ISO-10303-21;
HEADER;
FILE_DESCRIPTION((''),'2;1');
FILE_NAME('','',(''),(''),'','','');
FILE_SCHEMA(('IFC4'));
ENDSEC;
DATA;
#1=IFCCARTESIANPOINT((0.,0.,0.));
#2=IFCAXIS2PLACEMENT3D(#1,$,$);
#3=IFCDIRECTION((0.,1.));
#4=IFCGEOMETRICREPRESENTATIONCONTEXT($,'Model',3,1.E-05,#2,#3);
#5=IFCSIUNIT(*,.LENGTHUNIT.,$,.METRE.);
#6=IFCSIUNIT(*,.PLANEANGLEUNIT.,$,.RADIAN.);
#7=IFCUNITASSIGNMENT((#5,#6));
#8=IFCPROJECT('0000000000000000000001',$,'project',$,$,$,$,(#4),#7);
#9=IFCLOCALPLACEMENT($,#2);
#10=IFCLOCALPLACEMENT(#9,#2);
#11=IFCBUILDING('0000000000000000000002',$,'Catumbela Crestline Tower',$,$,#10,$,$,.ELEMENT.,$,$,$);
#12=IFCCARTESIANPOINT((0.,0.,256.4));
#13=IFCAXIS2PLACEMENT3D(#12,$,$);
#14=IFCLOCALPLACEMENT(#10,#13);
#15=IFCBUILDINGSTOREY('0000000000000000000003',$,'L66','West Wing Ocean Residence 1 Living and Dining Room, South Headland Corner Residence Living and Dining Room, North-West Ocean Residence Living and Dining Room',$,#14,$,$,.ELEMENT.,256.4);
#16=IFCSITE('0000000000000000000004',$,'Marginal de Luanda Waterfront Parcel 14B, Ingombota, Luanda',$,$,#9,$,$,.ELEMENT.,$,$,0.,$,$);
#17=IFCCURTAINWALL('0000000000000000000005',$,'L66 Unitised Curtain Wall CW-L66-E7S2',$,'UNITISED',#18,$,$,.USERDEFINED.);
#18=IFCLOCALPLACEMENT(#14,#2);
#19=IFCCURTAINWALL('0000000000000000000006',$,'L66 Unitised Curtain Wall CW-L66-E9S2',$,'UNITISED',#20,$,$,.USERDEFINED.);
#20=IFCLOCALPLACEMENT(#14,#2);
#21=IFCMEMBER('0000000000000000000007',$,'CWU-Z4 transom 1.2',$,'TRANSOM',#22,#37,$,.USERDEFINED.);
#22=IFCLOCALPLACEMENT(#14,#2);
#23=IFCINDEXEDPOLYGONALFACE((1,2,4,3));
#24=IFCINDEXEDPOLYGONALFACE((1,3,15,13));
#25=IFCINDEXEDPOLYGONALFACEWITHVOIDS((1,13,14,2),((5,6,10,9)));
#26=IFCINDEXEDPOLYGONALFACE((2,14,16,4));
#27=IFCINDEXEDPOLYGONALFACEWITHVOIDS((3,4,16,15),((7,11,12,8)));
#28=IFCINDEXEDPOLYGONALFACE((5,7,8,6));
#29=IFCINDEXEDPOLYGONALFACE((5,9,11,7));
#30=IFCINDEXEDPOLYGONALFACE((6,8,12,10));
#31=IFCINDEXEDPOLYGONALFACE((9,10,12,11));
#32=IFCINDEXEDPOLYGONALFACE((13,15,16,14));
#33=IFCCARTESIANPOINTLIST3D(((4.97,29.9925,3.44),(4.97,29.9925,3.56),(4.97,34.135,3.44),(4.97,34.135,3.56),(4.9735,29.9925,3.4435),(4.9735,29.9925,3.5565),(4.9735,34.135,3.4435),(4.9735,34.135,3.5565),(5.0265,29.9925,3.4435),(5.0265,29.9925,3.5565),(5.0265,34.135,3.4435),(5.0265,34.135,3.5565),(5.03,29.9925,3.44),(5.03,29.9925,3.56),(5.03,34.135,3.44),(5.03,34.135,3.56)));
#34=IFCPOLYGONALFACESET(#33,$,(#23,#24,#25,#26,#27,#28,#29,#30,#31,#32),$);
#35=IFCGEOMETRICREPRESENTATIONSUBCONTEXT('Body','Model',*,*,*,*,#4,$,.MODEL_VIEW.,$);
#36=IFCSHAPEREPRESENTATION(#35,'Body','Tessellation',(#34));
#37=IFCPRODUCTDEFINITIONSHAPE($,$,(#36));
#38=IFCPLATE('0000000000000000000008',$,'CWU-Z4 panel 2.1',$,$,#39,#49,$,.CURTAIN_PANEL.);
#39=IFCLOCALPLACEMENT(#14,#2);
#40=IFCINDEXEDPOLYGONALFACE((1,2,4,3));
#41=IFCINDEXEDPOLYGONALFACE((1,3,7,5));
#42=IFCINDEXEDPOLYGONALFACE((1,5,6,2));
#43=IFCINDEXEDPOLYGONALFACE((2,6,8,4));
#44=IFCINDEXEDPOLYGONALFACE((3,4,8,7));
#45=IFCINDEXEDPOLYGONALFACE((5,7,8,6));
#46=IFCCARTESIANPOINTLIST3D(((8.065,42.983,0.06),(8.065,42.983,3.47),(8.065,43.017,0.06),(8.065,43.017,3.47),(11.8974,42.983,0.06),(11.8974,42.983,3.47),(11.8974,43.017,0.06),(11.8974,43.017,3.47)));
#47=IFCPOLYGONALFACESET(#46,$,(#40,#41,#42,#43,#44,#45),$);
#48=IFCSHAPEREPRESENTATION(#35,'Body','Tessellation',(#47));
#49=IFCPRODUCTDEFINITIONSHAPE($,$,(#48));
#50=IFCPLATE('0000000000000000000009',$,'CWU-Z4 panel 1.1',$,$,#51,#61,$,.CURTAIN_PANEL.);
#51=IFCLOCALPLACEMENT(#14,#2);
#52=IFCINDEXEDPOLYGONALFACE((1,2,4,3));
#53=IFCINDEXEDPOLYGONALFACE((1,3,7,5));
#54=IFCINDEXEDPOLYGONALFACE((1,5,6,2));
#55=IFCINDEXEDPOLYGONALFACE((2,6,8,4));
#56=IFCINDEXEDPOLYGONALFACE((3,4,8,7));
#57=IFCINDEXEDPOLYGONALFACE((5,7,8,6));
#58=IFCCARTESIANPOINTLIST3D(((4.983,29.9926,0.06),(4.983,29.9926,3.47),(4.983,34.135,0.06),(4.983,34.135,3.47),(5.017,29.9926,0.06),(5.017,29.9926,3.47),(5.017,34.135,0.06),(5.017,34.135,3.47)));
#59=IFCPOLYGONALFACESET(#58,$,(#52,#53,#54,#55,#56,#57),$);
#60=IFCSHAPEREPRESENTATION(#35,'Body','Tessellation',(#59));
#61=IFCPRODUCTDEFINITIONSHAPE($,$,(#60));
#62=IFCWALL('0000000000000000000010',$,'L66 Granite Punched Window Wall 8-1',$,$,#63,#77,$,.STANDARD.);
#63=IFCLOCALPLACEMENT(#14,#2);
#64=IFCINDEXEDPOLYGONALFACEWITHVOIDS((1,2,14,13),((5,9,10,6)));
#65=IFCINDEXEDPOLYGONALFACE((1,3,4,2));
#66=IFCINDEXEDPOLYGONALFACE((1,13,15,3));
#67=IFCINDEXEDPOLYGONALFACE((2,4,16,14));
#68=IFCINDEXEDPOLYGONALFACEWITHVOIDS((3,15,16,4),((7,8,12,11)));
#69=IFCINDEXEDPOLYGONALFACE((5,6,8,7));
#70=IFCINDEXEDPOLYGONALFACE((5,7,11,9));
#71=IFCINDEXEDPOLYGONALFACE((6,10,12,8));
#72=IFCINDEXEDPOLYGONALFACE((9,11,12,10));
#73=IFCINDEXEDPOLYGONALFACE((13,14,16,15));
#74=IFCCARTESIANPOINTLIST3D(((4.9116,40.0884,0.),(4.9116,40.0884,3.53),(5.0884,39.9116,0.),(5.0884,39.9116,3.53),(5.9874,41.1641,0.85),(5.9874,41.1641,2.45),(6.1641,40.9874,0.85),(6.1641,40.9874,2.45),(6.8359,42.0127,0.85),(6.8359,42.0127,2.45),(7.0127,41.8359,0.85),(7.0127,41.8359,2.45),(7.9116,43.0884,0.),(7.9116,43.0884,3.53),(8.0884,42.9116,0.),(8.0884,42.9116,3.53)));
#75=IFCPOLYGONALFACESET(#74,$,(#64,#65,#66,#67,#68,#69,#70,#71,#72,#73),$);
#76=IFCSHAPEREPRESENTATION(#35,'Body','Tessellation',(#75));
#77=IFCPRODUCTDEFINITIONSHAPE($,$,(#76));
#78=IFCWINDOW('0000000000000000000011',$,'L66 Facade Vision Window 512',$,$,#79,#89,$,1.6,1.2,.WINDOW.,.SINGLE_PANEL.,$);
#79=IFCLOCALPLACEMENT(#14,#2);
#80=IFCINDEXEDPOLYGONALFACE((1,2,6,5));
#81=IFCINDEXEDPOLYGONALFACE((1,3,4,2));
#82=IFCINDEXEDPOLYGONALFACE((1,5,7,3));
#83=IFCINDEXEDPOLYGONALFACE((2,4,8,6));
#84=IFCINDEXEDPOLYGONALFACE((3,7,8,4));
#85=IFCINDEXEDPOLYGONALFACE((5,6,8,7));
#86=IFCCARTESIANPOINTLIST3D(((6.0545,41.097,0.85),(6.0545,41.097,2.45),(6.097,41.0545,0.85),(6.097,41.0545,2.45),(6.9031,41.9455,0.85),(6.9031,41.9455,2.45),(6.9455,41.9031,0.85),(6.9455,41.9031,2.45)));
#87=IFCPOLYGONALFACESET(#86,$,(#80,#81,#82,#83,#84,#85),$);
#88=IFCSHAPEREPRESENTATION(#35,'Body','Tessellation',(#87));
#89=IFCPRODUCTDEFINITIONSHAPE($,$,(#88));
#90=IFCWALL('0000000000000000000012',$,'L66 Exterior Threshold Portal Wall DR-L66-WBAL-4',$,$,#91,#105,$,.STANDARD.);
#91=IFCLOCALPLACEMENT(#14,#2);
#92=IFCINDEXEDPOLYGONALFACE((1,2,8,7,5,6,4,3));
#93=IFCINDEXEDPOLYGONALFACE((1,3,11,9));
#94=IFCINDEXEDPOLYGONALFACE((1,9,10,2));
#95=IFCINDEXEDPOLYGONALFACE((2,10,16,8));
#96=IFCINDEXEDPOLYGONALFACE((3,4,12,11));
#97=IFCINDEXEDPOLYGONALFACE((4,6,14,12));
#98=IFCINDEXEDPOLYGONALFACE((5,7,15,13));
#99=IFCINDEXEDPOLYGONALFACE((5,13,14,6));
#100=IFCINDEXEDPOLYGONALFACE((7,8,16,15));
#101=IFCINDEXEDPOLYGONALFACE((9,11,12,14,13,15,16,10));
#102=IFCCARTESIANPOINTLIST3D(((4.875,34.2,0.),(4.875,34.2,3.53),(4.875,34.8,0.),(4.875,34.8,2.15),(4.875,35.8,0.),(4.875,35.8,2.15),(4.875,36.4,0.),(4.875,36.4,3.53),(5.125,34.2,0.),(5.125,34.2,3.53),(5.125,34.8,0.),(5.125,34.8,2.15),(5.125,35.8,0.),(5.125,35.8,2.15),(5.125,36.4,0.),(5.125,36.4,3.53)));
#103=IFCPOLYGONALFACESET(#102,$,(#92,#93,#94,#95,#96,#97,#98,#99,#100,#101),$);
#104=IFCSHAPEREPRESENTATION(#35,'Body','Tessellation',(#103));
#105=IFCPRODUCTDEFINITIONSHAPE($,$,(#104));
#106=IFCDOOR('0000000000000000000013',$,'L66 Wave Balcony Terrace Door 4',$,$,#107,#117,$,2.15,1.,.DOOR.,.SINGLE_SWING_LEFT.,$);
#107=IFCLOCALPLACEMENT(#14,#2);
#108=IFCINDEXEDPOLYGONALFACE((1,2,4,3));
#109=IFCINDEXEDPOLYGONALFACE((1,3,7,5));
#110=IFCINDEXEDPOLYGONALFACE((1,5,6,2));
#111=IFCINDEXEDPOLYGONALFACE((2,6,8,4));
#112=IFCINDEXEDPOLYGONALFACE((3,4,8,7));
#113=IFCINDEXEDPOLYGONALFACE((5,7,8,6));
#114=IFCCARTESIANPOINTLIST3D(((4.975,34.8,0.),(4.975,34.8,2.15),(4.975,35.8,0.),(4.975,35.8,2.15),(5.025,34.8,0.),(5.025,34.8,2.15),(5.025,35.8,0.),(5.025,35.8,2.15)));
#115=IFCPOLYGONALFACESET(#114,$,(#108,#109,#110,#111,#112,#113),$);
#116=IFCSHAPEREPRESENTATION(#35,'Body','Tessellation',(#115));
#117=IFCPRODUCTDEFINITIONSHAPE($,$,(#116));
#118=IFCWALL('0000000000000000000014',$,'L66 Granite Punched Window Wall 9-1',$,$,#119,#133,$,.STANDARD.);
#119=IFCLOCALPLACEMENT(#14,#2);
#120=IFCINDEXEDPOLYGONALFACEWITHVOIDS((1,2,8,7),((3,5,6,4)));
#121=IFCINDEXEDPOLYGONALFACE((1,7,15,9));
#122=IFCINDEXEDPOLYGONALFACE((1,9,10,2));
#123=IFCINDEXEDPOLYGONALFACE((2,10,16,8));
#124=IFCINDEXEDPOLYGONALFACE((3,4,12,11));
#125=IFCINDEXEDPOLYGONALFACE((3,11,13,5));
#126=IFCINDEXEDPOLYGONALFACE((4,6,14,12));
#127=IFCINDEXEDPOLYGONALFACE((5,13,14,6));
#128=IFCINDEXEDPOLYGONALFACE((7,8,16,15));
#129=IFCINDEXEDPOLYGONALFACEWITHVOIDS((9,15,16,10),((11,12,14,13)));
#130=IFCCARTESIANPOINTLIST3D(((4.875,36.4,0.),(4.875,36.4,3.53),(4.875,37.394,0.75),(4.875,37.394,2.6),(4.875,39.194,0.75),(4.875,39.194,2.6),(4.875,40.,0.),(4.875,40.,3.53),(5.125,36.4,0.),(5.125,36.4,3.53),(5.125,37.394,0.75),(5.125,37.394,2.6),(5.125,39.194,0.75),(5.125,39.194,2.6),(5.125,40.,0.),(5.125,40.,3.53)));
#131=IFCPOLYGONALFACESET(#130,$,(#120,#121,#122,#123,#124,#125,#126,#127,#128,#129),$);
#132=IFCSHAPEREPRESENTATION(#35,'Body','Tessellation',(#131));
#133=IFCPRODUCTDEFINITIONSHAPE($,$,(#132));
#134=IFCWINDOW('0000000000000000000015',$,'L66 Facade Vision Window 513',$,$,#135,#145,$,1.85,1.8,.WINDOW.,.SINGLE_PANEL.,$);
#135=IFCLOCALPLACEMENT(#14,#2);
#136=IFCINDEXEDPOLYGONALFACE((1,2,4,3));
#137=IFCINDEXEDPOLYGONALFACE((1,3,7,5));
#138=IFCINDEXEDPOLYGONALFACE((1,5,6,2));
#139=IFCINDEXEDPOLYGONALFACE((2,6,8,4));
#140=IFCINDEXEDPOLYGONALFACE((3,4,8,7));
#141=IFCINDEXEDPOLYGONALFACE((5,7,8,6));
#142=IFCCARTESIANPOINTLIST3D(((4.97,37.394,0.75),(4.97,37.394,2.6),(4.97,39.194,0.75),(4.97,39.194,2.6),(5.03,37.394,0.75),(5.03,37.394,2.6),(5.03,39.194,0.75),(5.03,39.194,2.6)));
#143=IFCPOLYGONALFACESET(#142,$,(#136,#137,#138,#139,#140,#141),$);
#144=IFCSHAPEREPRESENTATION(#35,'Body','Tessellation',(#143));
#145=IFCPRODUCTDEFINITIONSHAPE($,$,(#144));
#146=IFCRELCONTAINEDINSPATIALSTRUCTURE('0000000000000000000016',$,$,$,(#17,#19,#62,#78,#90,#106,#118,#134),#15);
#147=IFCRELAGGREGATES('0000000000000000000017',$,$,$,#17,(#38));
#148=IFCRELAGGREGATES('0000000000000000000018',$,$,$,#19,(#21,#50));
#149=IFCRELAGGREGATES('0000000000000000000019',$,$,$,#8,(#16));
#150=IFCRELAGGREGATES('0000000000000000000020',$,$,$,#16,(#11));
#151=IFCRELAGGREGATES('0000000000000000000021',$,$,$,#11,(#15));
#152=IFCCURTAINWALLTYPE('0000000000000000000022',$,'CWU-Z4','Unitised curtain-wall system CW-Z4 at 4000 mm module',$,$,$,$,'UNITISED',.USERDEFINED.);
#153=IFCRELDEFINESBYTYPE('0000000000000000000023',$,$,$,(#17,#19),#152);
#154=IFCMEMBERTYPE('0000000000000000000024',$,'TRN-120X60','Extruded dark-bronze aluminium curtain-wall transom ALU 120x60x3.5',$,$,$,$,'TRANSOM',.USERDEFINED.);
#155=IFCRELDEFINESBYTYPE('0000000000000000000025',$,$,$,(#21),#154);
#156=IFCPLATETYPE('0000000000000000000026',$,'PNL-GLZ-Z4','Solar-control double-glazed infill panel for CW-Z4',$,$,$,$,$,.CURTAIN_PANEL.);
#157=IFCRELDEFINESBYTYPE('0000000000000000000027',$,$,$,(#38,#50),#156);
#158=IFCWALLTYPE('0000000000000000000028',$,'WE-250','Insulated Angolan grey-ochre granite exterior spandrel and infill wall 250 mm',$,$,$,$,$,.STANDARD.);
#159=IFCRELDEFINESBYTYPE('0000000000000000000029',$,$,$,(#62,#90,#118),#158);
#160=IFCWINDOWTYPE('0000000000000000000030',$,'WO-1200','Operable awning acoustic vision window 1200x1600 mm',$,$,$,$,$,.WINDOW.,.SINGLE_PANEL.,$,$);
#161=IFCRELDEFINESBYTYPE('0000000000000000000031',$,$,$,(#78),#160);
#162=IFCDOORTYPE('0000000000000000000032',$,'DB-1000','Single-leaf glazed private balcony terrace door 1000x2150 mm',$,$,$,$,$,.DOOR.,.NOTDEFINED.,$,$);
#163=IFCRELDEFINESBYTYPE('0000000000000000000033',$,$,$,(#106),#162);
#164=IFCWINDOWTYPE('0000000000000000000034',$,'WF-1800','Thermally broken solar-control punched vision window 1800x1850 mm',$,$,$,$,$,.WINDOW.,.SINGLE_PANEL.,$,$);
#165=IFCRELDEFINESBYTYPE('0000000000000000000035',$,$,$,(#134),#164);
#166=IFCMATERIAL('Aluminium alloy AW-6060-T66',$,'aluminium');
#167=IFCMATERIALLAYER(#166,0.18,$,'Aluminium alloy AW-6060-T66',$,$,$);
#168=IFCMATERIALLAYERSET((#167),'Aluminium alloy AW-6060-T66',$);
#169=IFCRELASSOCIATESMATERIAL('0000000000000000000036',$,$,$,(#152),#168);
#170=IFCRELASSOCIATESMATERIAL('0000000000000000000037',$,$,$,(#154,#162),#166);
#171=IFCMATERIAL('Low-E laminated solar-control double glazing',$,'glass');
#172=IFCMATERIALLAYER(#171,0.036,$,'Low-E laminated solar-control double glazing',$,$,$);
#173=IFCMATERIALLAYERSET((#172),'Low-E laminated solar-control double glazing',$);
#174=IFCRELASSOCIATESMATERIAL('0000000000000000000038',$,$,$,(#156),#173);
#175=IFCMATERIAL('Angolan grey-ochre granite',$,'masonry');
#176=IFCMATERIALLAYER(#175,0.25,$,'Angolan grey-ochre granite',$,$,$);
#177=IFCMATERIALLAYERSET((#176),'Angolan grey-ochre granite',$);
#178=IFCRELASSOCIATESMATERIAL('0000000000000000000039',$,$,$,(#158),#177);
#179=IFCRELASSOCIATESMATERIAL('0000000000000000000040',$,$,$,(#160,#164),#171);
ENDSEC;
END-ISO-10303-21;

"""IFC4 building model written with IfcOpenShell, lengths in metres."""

from ifc_helpers import new_model, si_unit, direction, frame, frame_2d, origin, origin_2d, place, context, subcontext, project, spatial, rectangle, hollow_rectangle, extrude, material, layer, layer_set, material_profile, profile_set, type_object, element, fill, aggregate, save


model = new_model("IFC4")

# Units and contexts
model_context = context("Model", 3, precision=1e-05, world=origin(), true_north=direction((0.0, 1.0)))
body_context = subcontext(model_context, "Body", "Model", "MODEL_VIEW")
ifc_project = project(units=[si_unit("LENGTHUNIT", "METRE"), si_unit("PLANEANGLEUNIT", "RADIAN")], contexts=[model_context])

# Site, building, storey
site_placement = place(None, origin())
site = spatial("IfcSite", under=ifc_project, at=site_placement, Name="Marginal de Luanda Waterfront Parcel 14B, Ingombota, Luanda", CompositionType="ELEMENT", RefElevation=0.0)
building_placement = place(site_placement, origin())
building = spatial("IfcBuilding", under=site, at=building_placement, Name="Catumbela Crestline Tower", CompositionType="ELEMENT")
storey_placement = place(building_placement, frame((0.0, 0.0, 256.4)))
storey = spatial("IfcBuildingStorey", under=building, at=storey_placement, Name="L66", Description="West Wing Ocean Residence 1 Living and Dining Room, South Headland Corner Residence Living and Dining Room, North-West Ocean Residence Living and Dining Room", CompositionType="ELEMENT", Elevation=256.4)

# Curtain walls
ifc_material_1 = material(Name="Aluminium alloy AW-6060-T66", Category="aluminium")
ifc_layer_1 = layer(ifc_material_1, 0.18, Name="Aluminium alloy AW-6060-T66")
ifc_layer_set_1 = layer_set([ifc_layer_1], Name="Aluminium alloy AW-6060-T66")
curtain_wall_type = type_object("IfcCurtainWallType", Name="CWU-Z4", Description="Unitised curtain-wall system CW-Z4 at 4000 mm module", ElementType="UNITISED", PredefinedType="USERDEFINED", material=ifc_layer_set_1)
curtain_wall_1_placement = place(storey_placement, origin())
curtain_wall_1 = element("IfcCurtainWall", 1, at=curtain_wall_1_placement, inside=storey, type_object=curtain_wall_type, Name="L66 Unitised Curtain Wall CW-L66-E7S2", ObjectType="UNITISED", PredefinedType="USERDEFINED")
curtain_wall_2_placement = place(storey_placement, origin())
curtain_wall_2 = element("IfcCurtainWall", 2, at=curtain_wall_2_placement, inside=storey, type_object=curtain_wall_type, Name="L66 Unitised Curtain Wall CW-L66-E9S2", ObjectType="UNITISED", PredefinedType="USERDEFINED")

# Member
ifc_material_profile_1 = material_profile(ifc_material_1, hollow_rectangle(XDim=0.06, YDim=0.12, WallThickness=0.0035, at=origin_2d()), Name="ALU 120x60x3.5")
ifc_profile_set_1 = profile_set([ifc_material_profile_1], Name="Aluminium alloy AW-6060-T66")
member_type_1 = type_object("IfcMemberType", Name="TRN-120X60", Description="Extruded dark-bronze aluminium curtain-wall transom ALU 120x60x3.5", ElementType="TRANSOM", PredefinedType="USERDEFINED", material=ifc_profile_set_1)
member_1_placement = place(storey_placement, frame((5.0, 34.135, 3.5), z_axis=(0.0, -1.0, 0.0), x_axis=(1.0, 0.0, 0.0)))
member_1 = element("IfcMember", 3, at=member_1_placement, type_object=member_type_1, Name="CWU-Z4 transom 1.2", ObjectType="TRANSOM", PredefinedType="USERDEFINED", context=body_context, shape_type="SweptSolid", body=[
    extrude(hollow_rectangle(XDim=0.06, YDim=0.12, WallThickness=0.0035, at=origin_2d()), origin(), (0.0, 0.0, 1.0), 4.1425),
])

# Plates
ifc_material_2 = material(Name="Low-E laminated solar-control double glazing", Category="glass")
ifc_layer_2 = layer(ifc_material_2, 0.036, Name="Low-E laminated solar-control double glazing")
ifc_layer_set_2 = layer_set([ifc_layer_2], Name="Low-E laminated solar-control double glazing")
plate_type = type_object("IfcPlateType", Name="PNL-GLZ-Z4", Description="Solar-control double-glazed infill panel for CW-Z4", PredefinedType="CURTAIN_PANEL", material=ifc_layer_set_2)
plate_1_placement = place(storey_placement, frame((9.9812, 43.0, 0.06), z_axis=(0.0, 0.0, 1.0), x_axis=(-1.0, 0.0, 0.0)))
plate_1 = element("IfcPlate", 4, at=plate_1_placement, type_object=plate_type, Name="CWU-Z4 panel 2.1", PredefinedType="CURTAIN_PANEL", context=body_context, shape_type="SweptSolid", body=[
    extrude(rectangle(XDim=3.8325, YDim=0.034, at=origin_2d()), origin(), (0.0, 0.0, 1.0), 3.41),
])
aggregate(curtain_wall_1, [plate_1])
plate_2_placement = place(storey_placement, frame((5.0, 32.0638, 0.06), z_axis=(0.0, 0.0, 1.0), x_axis=(0.0, -1.0, 0.0)))
plate_2 = element("IfcPlate", 5, at=plate_2_placement, type_object=plate_type, Name="CWU-Z4 panel 1.1", PredefinedType="CURTAIN_PANEL", context=body_context, shape_type="SweptSolid", body=[
    extrude(rectangle(XDim=4.1425, YDim=0.034, at=origin_2d()), origin(), (0.0, 0.0, 1.0), 3.41),
])
aggregate(curtain_wall_2, [member_1, plate_2])

# Wall, opening, window
ifc_material_3 = material(Name="Angolan grey-ochre granite", Category="masonry")
ifc_layer_3 = layer(ifc_material_3, 0.25, Name="Angolan grey-ochre granite")
ifc_layer_set_3 = layer_set([ifc_layer_3], Name="Angolan grey-ochre granite")
wall_type_1 = type_object("IfcWallType", Name="WE-250", Description="Insulated Angolan grey-ochre granite exterior spandrel and infill wall 250 mm", PredefinedType="STANDARD", material=ifc_layer_set_3)
wall_1_placement = place(storey_placement, frame((8.0, 43.0, 0.0), z_axis=(0.0, 0.0, 1.0), x_axis=(-0.707107, -0.707107, 0.0)))
wall_1 = element("IfcWall", 6, at=wall_1_placement, inside=storey, type_object=wall_type_1, Name="L66 Granite Punched Window Wall 8-1", PredefinedType="STANDARD", context=body_context, shape_type="SweptSolid", body=[
    extrude(rectangle(XDim=4.2426, YDim=0.25, at=frame_2d((2.1213, 0.0))), origin(), (0.0, 0.0, 1.0), 3.53),
])
opening_1_placement = place(wall_1_placement, frame((1.5213, 0.0, 0.85)))
opening_1 = element("IfcOpeningElement", 7, at=opening_1_placement, cuts=wall_1, PredefinedType="OPENING", context=body_context, shape_type="SweptSolid", body=[
    extrude(rectangle(XDim=1.2, YDim=1.6, at=frame_2d((0.6, 0.8))), frame((0.0, 0.135, 0.0), z_axis=(0.0, -1.0, 0.0), x_axis=(1.0, 0.0, 0.0)), (0.0, 0.0, 1.0), 0.27),
])
window_type_1 = type_object("IfcWindowType", Name="WO-1200", Description="Operable awning acoustic vision window 1200x1600 mm", PartitioningType="SINGLE_PANEL", PredefinedType="WINDOW", material=ifc_material_2)
window_1_placement = place(opening_1_placement, origin())
window_1 = element("IfcWindow", 8, at=window_1_placement, inside=storey, type_object=window_type_1, Name="L66 Facade Vision Window 512", OverallHeight=1.6, OverallWidth=1.2, PartitioningType="SINGLE_PANEL", PredefinedType="WINDOW", context=body_context, shape_type="SweptSolid", body=[
    extrude(rectangle(XDim=1.2, YDim=1.6, at=frame_2d((0.6, 0.8))), frame((0.0, 0.03, 0.0), z_axis=(0.0, -1.0, 0.0), x_axis=(1.0, 0.0, 0.0)), (0.0, 0.0, 1.0), 0.06),
])
fill(opening_1, window_1)

# Wall, opening, door
wall_2_placement = place(storey_placement, frame((5.0, 36.4, 0.0), z_axis=(0.0, 0.0, 1.0), x_axis=(0.0, -1.0, 0.0)))
wall_2 = element("IfcWall", 9, at=wall_2_placement, inside=storey, type_object=wall_type_1, Name="L66 Exterior Threshold Portal Wall DR-L66-WBAL-4", PredefinedType="STANDARD", context=body_context, shape_type="SweptSolid", body=[
    extrude(rectangle(XDim=2.2, YDim=0.25, at=frame_2d((1.1, 0.0))), origin(), (0.0, 0.0, 1.0), 3.53),
])
opening_2_placement = place(wall_2_placement, frame((0.6, 0.0, 0.0)))
opening_2 = element("IfcOpeningElement", 10, at=opening_2_placement, cuts=wall_2, PredefinedType="OPENING", context=body_context, shape_type="SweptSolid", body=[
    extrude(rectangle(XDim=1.0, YDim=2.15, at=frame_2d((0.5, 1.075))), frame((0.0, 0.135, 0.0), z_axis=(0.0, -1.0, 0.0), x_axis=(1.0, 0.0, 0.0)), (0.0, 0.0, 1.0), 0.27),
])
door_type_1 = type_object("IfcDoorType", Name="DB-1000", Description="Single-leaf glazed private balcony terrace door 1000x2150 mm", OperationType="NOTDEFINED", PredefinedType="DOOR", material=ifc_material_1)
door_1_placement = place(opening_2_placement, origin())
door_1 = element("IfcDoor", 11, at=door_1_placement, inside=storey, type_object=door_type_1, Name="L66 Wave Balcony Terrace Door 4", OperationType="SINGLE_SWING_LEFT", OverallHeight=2.15, OverallWidth=1.0, PredefinedType="DOOR", context=body_context, shape_type="SweptSolid", body=[
    extrude(rectangle(XDim=1.0, YDim=2.15, at=frame_2d((0.5, 1.075))), frame((0.0, 0.025, 0.0), z_axis=(0.0, -1.0, 0.0), x_axis=(1.0, 0.0, 0.0)), (0.0, 0.0, 1.0), 0.05),
])
fill(opening_2, door_1)

# Wall, opening, window
wall_3_placement = place(storey_placement, frame((5.0, 40.0, 0.0), z_axis=(0.0, 0.0, 1.0), x_axis=(0.0, -1.0, 0.0)))
wall_3 = element("IfcWall", 12, at=wall_3_placement, inside=storey, type_object=wall_type_1, Name="L66 Granite Punched Window Wall 9-1", PredefinedType="STANDARD", context=body_context, shape_type="SweptSolid", body=[
    extrude(rectangle(XDim=3.6, YDim=0.25, at=frame_2d((1.8, 0.0))), origin(), (0.0, 0.0, 1.0), 3.53),
])
opening_3_placement = place(wall_3_placement, frame((0.806, 0.0, 0.75)))
opening_3 = element("IfcOpeningElement", 13, at=opening_3_placement, cuts=wall_3, PredefinedType="OPENING", context=body_context, shape_type="SweptSolid", body=[
    extrude(rectangle(XDim=1.8, YDim=1.85, at=frame_2d((0.9, 0.925))), frame((0.0, 0.135, 0.0), z_axis=(0.0, -1.0, 0.0), x_axis=(1.0, 0.0, 0.0)), (0.0, 0.0, 1.0), 0.27),
])
window_type_2 = type_object("IfcWindowType", Name="WF-1800", Description="Thermally broken solar-control punched vision window 1800x1850 mm", PartitioningType="SINGLE_PANEL", PredefinedType="WINDOW", material=ifc_material_2)
window_2_placement = place(opening_3_placement, origin())
window_2 = element("IfcWindow", 14, at=window_2_placement, inside=storey, type_object=window_type_2, Name="L66 Facade Vision Window 513", OverallHeight=1.85, OverallWidth=1.8, PartitioningType="SINGLE_PANEL", PredefinedType="WINDOW", context=body_context, shape_type="SweptSolid", body=[
    extrude(rectangle(XDim=1.8, YDim=1.85, at=frame_2d((0.9, 0.925))), frame((0.0, 0.03, 0.0), z_axis=(0.0, -1.0, 0.0), x_axis=(1.0, 0.0, 0.0)), (0.0, 0.0, 1.0), 0.06),
])
fill(opening_3, window_2)

save(model, "model.ifc")
